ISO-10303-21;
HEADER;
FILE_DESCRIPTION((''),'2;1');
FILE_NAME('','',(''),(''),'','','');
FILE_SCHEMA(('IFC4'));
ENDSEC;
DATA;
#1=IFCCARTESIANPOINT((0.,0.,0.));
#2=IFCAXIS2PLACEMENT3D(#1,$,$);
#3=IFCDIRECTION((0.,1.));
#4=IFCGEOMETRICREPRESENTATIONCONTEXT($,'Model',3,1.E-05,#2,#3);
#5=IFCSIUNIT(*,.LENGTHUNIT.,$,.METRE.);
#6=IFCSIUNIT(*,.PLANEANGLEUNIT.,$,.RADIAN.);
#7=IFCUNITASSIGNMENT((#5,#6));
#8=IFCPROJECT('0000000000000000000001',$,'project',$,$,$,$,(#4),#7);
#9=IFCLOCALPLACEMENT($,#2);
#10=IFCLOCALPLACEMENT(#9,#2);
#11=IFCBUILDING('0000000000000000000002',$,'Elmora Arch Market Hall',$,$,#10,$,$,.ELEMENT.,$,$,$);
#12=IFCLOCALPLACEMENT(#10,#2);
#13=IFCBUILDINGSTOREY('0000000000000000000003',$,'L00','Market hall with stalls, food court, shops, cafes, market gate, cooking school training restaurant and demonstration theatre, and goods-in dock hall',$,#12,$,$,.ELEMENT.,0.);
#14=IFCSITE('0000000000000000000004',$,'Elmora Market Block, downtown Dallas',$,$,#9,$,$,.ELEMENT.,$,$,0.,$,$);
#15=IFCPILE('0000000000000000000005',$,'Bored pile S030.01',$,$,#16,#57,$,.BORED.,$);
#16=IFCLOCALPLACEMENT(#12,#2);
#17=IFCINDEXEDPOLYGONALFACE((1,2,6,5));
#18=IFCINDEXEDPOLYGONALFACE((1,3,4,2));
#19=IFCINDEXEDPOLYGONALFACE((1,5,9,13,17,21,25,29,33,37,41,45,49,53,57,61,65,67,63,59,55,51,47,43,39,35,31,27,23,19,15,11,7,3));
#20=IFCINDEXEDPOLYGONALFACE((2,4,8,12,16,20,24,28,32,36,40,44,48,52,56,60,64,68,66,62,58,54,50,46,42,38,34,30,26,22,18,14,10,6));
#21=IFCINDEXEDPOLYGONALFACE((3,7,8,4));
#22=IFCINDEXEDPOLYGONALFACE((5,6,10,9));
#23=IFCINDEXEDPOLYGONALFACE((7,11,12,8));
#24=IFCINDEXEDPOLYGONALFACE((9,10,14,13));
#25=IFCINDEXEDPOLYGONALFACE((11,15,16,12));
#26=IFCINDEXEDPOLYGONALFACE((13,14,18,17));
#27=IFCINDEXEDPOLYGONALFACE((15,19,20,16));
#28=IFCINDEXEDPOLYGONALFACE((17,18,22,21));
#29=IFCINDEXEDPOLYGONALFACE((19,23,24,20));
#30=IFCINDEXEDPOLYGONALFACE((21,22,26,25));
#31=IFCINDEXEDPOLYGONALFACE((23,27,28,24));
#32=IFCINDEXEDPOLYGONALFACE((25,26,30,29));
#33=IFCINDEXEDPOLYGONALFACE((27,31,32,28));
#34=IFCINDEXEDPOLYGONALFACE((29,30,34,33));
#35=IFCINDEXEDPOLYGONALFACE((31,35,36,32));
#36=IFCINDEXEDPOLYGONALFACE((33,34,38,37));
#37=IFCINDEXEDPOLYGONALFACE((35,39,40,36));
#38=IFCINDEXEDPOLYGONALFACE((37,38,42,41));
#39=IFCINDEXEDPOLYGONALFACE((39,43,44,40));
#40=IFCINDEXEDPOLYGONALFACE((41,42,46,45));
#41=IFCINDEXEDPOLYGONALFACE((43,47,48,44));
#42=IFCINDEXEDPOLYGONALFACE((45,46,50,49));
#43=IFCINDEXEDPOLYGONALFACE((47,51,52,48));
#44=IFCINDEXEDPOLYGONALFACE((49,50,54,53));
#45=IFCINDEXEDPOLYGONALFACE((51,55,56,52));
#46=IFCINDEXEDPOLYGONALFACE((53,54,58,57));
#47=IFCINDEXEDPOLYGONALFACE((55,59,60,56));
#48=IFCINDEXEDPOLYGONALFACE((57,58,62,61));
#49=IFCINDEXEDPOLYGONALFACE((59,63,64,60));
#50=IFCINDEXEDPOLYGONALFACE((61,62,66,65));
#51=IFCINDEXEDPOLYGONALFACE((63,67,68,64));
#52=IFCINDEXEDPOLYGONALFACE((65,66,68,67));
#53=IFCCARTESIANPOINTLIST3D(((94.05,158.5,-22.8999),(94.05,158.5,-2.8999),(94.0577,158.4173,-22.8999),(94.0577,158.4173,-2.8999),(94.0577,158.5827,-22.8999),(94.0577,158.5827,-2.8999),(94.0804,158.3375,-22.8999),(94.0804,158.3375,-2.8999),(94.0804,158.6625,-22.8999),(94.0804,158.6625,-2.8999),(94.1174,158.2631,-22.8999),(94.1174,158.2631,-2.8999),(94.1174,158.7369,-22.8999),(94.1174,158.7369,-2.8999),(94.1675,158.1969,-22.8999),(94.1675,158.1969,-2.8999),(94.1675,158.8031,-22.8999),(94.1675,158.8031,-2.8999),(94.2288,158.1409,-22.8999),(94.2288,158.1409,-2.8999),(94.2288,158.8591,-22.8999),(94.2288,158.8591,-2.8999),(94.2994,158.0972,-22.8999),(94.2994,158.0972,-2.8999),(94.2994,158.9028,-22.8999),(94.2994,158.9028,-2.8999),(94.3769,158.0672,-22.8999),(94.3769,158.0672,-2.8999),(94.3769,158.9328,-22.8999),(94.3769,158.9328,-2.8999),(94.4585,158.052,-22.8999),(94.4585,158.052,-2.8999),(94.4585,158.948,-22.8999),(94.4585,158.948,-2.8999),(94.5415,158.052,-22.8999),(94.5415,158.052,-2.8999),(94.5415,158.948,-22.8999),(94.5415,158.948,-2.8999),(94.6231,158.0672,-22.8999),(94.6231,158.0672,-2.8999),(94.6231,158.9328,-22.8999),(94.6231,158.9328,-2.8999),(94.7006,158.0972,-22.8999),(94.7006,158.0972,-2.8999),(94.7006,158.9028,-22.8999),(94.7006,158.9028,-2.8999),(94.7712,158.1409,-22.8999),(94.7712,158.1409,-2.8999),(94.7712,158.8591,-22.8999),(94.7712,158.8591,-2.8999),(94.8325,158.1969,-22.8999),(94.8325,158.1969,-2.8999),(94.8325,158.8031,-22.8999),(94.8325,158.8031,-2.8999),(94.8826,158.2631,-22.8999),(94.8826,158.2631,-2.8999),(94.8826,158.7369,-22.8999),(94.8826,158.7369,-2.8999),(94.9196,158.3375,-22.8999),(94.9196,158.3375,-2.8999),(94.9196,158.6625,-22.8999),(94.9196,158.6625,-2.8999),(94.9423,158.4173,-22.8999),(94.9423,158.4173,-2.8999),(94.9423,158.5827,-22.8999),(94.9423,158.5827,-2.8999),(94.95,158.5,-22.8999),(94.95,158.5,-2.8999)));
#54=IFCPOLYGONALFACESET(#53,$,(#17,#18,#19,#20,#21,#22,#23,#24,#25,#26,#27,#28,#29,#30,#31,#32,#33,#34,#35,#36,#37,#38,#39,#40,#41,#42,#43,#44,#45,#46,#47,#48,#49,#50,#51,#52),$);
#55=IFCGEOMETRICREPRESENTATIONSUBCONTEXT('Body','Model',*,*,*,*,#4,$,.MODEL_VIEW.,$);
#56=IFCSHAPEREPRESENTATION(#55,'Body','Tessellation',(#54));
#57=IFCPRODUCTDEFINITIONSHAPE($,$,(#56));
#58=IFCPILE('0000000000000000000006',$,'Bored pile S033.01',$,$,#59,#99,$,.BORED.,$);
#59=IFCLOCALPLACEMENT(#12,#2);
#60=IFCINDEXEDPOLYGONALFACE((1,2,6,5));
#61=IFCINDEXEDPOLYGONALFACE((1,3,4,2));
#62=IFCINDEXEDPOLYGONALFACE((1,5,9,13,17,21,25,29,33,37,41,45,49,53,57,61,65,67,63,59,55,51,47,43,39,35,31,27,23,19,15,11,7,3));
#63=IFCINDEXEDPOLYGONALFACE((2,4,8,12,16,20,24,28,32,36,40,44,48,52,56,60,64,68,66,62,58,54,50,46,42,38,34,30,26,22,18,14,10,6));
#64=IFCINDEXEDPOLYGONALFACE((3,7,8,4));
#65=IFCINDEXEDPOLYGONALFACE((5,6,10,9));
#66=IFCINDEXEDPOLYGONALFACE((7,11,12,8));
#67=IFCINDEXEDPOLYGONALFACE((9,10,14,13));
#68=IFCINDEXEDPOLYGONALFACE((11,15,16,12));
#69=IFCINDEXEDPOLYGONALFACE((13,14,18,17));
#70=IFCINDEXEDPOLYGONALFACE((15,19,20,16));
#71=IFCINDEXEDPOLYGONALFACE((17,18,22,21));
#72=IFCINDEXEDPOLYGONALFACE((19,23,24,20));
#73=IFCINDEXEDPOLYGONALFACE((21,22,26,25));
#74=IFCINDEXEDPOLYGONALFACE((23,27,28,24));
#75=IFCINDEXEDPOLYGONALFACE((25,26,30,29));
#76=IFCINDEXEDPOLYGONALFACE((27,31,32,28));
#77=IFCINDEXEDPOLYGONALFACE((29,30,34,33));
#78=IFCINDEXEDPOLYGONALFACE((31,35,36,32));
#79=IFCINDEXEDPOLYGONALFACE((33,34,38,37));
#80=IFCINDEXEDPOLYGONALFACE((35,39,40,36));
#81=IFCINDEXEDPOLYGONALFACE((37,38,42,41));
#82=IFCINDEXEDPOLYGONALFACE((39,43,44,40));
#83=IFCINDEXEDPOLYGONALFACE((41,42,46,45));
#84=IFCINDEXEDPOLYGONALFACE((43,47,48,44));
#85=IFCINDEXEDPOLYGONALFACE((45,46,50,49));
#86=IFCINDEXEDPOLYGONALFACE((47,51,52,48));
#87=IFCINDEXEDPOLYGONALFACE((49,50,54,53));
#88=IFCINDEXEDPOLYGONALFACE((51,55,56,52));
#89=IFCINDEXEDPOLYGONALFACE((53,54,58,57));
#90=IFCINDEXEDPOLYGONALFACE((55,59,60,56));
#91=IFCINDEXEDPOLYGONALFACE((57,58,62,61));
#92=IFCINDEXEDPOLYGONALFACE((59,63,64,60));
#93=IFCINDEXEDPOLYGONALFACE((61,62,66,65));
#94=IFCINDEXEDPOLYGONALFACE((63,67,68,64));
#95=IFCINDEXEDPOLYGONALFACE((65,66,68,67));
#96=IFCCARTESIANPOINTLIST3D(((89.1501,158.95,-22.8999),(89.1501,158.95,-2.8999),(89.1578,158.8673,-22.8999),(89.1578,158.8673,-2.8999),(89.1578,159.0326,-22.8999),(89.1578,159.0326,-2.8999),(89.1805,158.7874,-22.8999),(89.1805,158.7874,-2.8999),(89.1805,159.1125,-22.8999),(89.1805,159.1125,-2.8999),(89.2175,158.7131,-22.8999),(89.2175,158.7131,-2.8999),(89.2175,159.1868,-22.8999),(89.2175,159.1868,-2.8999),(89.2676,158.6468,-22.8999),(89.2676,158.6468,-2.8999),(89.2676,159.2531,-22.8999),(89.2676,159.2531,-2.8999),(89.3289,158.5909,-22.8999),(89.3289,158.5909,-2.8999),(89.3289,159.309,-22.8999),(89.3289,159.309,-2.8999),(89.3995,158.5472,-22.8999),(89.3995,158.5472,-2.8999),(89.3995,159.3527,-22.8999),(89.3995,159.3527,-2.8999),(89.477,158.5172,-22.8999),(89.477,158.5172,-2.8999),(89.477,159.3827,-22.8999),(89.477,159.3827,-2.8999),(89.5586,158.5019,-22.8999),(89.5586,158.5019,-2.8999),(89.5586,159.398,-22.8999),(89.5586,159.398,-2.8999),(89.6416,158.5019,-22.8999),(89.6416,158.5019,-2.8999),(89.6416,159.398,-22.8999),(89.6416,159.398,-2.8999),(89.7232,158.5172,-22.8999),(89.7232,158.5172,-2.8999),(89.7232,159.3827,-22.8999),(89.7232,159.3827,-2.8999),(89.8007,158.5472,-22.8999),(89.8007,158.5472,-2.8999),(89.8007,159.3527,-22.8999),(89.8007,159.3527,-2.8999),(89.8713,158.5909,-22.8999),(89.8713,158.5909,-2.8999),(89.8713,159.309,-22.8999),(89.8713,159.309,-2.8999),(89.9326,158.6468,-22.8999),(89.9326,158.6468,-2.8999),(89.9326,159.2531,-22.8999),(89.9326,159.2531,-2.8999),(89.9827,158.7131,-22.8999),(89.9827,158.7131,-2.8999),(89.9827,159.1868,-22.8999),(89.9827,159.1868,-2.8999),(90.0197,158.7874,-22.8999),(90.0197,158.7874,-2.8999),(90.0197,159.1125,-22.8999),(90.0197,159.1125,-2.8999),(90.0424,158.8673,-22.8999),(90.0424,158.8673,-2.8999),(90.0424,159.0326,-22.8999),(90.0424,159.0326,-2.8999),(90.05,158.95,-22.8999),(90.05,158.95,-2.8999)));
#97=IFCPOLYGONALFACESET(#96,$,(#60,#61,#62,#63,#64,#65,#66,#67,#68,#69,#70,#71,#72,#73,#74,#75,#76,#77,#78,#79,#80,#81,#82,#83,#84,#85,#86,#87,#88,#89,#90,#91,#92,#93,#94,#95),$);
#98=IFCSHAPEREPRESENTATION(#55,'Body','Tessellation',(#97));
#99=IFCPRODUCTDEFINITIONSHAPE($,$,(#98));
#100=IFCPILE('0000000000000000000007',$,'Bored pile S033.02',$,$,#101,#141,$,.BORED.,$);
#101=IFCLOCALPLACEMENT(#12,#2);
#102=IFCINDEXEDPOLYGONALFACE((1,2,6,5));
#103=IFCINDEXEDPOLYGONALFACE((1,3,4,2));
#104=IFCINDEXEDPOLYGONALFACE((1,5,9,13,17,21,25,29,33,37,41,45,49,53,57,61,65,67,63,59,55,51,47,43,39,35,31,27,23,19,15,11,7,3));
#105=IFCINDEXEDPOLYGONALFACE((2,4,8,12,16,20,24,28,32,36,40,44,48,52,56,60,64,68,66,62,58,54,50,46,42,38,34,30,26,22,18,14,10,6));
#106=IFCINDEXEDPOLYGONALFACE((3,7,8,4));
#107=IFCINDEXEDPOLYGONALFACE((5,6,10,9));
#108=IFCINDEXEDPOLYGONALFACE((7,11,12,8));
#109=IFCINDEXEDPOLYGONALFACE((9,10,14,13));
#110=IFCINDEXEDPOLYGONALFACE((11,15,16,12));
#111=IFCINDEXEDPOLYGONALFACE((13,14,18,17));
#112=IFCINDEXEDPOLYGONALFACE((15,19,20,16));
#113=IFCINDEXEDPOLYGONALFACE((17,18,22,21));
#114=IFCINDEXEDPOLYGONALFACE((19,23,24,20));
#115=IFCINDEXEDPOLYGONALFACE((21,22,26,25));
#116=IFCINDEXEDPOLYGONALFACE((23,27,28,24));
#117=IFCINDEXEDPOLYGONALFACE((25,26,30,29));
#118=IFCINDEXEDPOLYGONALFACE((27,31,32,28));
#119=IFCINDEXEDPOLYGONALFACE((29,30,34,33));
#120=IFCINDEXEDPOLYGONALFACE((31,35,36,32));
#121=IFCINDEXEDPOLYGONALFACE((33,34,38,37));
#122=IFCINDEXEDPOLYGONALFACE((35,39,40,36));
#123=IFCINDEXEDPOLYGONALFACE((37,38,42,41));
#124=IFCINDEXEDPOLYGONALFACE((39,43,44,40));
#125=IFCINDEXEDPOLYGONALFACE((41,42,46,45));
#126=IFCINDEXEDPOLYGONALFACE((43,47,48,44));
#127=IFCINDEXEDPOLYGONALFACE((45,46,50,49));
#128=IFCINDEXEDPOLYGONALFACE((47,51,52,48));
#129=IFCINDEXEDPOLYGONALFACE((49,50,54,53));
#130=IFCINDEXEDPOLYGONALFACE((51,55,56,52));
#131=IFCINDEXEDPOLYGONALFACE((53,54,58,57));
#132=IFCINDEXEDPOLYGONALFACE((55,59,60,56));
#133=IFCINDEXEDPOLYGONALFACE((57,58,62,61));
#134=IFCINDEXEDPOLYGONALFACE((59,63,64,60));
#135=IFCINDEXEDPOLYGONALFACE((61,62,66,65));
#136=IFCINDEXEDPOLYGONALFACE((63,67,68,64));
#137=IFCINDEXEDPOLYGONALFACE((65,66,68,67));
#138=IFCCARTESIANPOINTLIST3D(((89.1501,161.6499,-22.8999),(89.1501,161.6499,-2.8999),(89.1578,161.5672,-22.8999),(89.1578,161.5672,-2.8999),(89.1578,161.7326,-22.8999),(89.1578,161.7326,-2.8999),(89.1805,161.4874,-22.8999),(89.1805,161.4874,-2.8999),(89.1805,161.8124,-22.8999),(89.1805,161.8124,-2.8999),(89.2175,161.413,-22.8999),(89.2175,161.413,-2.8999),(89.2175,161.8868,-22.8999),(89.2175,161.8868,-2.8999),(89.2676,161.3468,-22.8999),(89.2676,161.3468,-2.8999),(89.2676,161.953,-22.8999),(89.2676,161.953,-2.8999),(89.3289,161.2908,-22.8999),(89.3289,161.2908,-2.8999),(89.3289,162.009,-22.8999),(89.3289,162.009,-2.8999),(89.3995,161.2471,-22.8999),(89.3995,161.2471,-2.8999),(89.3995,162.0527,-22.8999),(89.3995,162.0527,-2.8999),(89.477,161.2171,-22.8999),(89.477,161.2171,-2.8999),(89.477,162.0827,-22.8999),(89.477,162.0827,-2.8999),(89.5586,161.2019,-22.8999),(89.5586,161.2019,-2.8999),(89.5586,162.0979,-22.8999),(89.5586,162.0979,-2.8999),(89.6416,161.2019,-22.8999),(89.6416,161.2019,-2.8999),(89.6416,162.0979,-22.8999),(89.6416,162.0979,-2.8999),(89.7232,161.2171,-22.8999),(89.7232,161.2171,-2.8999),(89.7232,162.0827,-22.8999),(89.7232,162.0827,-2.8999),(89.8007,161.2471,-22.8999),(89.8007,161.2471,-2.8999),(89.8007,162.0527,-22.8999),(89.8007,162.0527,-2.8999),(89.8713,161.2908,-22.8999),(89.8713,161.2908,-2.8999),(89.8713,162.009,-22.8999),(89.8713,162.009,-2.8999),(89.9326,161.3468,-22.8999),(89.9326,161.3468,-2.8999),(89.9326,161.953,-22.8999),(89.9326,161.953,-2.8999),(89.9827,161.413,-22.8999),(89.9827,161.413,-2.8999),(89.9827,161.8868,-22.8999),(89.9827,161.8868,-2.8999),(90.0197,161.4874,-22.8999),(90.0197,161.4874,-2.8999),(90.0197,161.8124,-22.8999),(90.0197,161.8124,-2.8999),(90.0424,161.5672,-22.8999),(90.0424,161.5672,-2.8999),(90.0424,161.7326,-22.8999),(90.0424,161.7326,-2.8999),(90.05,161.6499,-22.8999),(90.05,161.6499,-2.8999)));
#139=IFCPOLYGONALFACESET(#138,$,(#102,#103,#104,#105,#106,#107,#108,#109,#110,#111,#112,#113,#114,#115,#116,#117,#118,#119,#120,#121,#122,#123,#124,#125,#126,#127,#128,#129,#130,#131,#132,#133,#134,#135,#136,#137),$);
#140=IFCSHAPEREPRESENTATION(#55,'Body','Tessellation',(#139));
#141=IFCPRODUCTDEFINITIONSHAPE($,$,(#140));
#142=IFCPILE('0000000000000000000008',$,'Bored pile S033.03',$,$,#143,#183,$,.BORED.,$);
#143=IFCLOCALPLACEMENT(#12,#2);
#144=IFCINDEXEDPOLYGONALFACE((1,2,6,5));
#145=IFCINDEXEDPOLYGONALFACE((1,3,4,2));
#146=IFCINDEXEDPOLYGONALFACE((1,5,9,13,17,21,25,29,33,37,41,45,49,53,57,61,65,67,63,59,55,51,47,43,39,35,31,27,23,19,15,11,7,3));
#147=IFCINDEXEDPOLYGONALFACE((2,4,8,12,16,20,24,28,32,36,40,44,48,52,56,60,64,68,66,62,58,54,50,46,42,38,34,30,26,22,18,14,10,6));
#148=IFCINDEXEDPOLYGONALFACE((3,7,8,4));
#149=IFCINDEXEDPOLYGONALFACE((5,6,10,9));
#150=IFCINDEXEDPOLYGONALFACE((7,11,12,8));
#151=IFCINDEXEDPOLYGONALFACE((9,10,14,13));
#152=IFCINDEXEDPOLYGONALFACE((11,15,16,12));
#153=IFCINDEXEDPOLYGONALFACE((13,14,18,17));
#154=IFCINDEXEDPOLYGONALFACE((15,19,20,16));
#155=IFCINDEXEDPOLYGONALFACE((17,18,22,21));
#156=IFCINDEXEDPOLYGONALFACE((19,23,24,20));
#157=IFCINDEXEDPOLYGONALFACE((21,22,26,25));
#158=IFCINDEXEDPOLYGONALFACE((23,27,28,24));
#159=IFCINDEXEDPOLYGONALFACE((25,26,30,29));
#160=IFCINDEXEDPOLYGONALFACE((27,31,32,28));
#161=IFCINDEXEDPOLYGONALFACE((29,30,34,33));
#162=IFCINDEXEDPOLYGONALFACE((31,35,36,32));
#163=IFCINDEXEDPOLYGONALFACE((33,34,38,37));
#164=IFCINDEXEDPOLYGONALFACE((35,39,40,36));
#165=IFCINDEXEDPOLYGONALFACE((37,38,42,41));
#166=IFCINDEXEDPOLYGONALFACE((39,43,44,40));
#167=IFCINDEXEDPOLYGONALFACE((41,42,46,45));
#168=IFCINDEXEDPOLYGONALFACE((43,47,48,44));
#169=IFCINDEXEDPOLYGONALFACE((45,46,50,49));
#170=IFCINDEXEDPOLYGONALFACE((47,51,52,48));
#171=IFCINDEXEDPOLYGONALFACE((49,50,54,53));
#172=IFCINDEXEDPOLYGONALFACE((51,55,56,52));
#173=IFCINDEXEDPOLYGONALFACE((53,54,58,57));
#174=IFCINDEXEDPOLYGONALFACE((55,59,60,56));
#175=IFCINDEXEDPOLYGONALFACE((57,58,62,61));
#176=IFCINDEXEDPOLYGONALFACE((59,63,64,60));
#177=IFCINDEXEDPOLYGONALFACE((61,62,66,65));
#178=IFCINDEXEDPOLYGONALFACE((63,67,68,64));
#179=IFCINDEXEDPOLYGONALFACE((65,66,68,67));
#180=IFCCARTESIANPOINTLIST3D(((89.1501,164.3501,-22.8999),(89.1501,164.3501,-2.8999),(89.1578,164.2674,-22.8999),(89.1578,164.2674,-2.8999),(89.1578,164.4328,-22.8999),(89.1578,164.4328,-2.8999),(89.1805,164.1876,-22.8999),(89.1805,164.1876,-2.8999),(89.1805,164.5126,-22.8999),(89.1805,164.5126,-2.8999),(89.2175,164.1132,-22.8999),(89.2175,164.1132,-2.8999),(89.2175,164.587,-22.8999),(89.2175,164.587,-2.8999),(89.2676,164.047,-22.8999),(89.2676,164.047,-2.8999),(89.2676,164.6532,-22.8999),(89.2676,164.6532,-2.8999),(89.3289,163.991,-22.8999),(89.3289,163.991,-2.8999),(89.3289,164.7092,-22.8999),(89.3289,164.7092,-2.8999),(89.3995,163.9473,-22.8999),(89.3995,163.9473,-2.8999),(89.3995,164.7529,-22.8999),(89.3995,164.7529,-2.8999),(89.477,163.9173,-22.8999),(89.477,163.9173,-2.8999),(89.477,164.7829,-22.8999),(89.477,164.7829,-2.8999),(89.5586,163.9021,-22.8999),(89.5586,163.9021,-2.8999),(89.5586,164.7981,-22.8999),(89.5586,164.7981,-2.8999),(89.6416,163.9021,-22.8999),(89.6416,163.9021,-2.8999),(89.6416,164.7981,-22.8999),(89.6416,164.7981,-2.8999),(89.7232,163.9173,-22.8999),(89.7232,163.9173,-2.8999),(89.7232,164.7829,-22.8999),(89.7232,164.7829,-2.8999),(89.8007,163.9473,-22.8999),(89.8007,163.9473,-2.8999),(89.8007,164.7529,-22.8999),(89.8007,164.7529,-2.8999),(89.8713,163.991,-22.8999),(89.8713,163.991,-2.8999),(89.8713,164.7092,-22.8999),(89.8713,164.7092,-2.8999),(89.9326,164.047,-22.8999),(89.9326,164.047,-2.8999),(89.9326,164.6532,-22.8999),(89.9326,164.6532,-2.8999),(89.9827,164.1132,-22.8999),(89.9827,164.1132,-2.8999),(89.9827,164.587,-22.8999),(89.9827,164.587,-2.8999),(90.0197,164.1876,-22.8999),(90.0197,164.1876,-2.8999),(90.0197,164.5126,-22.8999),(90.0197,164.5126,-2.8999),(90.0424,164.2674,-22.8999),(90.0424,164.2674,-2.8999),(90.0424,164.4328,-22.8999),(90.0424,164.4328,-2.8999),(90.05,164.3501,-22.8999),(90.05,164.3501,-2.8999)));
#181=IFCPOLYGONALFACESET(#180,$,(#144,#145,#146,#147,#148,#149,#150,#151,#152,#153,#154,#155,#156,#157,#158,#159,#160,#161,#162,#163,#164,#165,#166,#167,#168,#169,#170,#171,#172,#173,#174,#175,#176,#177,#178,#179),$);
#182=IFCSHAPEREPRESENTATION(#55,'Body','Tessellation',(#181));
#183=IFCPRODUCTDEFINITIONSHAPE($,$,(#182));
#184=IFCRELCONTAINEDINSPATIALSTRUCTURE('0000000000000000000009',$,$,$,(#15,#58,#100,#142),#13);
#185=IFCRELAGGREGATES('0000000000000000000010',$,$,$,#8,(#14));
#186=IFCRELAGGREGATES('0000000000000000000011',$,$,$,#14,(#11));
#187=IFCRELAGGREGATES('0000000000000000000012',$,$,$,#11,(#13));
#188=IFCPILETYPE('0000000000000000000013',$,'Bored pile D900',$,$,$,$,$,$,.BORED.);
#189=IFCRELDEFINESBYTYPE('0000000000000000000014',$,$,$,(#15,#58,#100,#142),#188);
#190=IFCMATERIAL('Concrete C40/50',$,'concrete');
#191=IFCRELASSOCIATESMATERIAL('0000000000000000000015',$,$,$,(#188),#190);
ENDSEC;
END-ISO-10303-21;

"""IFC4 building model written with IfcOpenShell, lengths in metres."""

from ifc_helpers import new_model, si_unit, direction, frame, origin, origin_2d, place, context, subcontext, project, spatial, circle, extrude, material, material_profile, profile_set, type_object, element, save


model = new_model("IFC4")

# Units and contexts
model_context = context("Model", 3, precision=1e-05, world=origin(), true_north=direction((0.0, 1.0)))
body_context = subcontext(model_context, "Body", "Model", "MODEL_VIEW")
ifc_project = project(units=[si_unit("LENGTHUNIT", "METRE"), si_unit("PLANEANGLEUNIT", "RADIAN")], contexts=[model_context])

# Site, building, storey
site_placement = place(None, origin())
site = spatial("IfcSite", under=ifc_project, at=site_placement, Name="Elmora Market Block, downtown Dallas", CompositionType="ELEMENT", RefElevation=0.0)
building_placement = place(site_placement, origin())
building = spatial("IfcBuilding", under=site, at=building_placement, Name="Elmora Arch Market Hall", CompositionType="ELEMENT")
storey_placement = place(building_placement, origin())
storey = spatial("IfcBuildingStorey", under=building, at=storey_placement, Name="L00", Description="Market hall with stalls, food court, shops, cafes, market gate, cooking school training restaurant and demonstration theatre, and goods-in dock hall", CompositionType="ELEMENT", Elevation=0.0)

# Piles
ifc_material_1 = material(Name="Concrete C40/50", Category="concrete")
ifc_material_profile_1 = material_profile(ifc_material_1, circle(Radius=0.45, at=origin_2d()), Name="Bored pile D900")
ifc_profile_set_1 = profile_set([ifc_material_profile_1], Name="Concrete C40/50")
pile_type = type_object("IfcPileType", Name="Bored pile D900", PredefinedType="BORED", material=ifc_profile_set_1)
for number, where, z_axis, x_axis, name in (
    (1, (94.5, 158.5, -2.8999), (0.0, 0.0, -1.0), (1.0, 0.0, 0.0), "Bored pile S030.01"),
    (2, (89.6001, 158.95, -2.8999), (0.0, 0.0, -1.0), (1.0, 0.0, 0.0), "Bored pile S033.01"),
    (3, (89.6001, 161.6499, -2.8999), (0.0, 0.0, -1.0), (1.0, 0.0, 0.0), "Bored pile S033.02"),
    (4, (89.6001, 164.3501, -2.8999), (0.0, 0.0, -1.0), (1.0, 0.0, 0.0), "Bored pile S033.03"),
):
    element("IfcPile", number, at=place(storey_placement, frame(where, z_axis=z_axis, x_axis=x_axis)), inside=storey, type_object=pile_type, Name=name, PredefinedType="BORED", context=body_context, shape_type="SweptSolid", body=[
        extrude(circle(Radius=0.45, at=origin_2d()), origin(), (0.0, 0.0, 1.0), 20.0),
    ])

save(model, "model.ifc")
